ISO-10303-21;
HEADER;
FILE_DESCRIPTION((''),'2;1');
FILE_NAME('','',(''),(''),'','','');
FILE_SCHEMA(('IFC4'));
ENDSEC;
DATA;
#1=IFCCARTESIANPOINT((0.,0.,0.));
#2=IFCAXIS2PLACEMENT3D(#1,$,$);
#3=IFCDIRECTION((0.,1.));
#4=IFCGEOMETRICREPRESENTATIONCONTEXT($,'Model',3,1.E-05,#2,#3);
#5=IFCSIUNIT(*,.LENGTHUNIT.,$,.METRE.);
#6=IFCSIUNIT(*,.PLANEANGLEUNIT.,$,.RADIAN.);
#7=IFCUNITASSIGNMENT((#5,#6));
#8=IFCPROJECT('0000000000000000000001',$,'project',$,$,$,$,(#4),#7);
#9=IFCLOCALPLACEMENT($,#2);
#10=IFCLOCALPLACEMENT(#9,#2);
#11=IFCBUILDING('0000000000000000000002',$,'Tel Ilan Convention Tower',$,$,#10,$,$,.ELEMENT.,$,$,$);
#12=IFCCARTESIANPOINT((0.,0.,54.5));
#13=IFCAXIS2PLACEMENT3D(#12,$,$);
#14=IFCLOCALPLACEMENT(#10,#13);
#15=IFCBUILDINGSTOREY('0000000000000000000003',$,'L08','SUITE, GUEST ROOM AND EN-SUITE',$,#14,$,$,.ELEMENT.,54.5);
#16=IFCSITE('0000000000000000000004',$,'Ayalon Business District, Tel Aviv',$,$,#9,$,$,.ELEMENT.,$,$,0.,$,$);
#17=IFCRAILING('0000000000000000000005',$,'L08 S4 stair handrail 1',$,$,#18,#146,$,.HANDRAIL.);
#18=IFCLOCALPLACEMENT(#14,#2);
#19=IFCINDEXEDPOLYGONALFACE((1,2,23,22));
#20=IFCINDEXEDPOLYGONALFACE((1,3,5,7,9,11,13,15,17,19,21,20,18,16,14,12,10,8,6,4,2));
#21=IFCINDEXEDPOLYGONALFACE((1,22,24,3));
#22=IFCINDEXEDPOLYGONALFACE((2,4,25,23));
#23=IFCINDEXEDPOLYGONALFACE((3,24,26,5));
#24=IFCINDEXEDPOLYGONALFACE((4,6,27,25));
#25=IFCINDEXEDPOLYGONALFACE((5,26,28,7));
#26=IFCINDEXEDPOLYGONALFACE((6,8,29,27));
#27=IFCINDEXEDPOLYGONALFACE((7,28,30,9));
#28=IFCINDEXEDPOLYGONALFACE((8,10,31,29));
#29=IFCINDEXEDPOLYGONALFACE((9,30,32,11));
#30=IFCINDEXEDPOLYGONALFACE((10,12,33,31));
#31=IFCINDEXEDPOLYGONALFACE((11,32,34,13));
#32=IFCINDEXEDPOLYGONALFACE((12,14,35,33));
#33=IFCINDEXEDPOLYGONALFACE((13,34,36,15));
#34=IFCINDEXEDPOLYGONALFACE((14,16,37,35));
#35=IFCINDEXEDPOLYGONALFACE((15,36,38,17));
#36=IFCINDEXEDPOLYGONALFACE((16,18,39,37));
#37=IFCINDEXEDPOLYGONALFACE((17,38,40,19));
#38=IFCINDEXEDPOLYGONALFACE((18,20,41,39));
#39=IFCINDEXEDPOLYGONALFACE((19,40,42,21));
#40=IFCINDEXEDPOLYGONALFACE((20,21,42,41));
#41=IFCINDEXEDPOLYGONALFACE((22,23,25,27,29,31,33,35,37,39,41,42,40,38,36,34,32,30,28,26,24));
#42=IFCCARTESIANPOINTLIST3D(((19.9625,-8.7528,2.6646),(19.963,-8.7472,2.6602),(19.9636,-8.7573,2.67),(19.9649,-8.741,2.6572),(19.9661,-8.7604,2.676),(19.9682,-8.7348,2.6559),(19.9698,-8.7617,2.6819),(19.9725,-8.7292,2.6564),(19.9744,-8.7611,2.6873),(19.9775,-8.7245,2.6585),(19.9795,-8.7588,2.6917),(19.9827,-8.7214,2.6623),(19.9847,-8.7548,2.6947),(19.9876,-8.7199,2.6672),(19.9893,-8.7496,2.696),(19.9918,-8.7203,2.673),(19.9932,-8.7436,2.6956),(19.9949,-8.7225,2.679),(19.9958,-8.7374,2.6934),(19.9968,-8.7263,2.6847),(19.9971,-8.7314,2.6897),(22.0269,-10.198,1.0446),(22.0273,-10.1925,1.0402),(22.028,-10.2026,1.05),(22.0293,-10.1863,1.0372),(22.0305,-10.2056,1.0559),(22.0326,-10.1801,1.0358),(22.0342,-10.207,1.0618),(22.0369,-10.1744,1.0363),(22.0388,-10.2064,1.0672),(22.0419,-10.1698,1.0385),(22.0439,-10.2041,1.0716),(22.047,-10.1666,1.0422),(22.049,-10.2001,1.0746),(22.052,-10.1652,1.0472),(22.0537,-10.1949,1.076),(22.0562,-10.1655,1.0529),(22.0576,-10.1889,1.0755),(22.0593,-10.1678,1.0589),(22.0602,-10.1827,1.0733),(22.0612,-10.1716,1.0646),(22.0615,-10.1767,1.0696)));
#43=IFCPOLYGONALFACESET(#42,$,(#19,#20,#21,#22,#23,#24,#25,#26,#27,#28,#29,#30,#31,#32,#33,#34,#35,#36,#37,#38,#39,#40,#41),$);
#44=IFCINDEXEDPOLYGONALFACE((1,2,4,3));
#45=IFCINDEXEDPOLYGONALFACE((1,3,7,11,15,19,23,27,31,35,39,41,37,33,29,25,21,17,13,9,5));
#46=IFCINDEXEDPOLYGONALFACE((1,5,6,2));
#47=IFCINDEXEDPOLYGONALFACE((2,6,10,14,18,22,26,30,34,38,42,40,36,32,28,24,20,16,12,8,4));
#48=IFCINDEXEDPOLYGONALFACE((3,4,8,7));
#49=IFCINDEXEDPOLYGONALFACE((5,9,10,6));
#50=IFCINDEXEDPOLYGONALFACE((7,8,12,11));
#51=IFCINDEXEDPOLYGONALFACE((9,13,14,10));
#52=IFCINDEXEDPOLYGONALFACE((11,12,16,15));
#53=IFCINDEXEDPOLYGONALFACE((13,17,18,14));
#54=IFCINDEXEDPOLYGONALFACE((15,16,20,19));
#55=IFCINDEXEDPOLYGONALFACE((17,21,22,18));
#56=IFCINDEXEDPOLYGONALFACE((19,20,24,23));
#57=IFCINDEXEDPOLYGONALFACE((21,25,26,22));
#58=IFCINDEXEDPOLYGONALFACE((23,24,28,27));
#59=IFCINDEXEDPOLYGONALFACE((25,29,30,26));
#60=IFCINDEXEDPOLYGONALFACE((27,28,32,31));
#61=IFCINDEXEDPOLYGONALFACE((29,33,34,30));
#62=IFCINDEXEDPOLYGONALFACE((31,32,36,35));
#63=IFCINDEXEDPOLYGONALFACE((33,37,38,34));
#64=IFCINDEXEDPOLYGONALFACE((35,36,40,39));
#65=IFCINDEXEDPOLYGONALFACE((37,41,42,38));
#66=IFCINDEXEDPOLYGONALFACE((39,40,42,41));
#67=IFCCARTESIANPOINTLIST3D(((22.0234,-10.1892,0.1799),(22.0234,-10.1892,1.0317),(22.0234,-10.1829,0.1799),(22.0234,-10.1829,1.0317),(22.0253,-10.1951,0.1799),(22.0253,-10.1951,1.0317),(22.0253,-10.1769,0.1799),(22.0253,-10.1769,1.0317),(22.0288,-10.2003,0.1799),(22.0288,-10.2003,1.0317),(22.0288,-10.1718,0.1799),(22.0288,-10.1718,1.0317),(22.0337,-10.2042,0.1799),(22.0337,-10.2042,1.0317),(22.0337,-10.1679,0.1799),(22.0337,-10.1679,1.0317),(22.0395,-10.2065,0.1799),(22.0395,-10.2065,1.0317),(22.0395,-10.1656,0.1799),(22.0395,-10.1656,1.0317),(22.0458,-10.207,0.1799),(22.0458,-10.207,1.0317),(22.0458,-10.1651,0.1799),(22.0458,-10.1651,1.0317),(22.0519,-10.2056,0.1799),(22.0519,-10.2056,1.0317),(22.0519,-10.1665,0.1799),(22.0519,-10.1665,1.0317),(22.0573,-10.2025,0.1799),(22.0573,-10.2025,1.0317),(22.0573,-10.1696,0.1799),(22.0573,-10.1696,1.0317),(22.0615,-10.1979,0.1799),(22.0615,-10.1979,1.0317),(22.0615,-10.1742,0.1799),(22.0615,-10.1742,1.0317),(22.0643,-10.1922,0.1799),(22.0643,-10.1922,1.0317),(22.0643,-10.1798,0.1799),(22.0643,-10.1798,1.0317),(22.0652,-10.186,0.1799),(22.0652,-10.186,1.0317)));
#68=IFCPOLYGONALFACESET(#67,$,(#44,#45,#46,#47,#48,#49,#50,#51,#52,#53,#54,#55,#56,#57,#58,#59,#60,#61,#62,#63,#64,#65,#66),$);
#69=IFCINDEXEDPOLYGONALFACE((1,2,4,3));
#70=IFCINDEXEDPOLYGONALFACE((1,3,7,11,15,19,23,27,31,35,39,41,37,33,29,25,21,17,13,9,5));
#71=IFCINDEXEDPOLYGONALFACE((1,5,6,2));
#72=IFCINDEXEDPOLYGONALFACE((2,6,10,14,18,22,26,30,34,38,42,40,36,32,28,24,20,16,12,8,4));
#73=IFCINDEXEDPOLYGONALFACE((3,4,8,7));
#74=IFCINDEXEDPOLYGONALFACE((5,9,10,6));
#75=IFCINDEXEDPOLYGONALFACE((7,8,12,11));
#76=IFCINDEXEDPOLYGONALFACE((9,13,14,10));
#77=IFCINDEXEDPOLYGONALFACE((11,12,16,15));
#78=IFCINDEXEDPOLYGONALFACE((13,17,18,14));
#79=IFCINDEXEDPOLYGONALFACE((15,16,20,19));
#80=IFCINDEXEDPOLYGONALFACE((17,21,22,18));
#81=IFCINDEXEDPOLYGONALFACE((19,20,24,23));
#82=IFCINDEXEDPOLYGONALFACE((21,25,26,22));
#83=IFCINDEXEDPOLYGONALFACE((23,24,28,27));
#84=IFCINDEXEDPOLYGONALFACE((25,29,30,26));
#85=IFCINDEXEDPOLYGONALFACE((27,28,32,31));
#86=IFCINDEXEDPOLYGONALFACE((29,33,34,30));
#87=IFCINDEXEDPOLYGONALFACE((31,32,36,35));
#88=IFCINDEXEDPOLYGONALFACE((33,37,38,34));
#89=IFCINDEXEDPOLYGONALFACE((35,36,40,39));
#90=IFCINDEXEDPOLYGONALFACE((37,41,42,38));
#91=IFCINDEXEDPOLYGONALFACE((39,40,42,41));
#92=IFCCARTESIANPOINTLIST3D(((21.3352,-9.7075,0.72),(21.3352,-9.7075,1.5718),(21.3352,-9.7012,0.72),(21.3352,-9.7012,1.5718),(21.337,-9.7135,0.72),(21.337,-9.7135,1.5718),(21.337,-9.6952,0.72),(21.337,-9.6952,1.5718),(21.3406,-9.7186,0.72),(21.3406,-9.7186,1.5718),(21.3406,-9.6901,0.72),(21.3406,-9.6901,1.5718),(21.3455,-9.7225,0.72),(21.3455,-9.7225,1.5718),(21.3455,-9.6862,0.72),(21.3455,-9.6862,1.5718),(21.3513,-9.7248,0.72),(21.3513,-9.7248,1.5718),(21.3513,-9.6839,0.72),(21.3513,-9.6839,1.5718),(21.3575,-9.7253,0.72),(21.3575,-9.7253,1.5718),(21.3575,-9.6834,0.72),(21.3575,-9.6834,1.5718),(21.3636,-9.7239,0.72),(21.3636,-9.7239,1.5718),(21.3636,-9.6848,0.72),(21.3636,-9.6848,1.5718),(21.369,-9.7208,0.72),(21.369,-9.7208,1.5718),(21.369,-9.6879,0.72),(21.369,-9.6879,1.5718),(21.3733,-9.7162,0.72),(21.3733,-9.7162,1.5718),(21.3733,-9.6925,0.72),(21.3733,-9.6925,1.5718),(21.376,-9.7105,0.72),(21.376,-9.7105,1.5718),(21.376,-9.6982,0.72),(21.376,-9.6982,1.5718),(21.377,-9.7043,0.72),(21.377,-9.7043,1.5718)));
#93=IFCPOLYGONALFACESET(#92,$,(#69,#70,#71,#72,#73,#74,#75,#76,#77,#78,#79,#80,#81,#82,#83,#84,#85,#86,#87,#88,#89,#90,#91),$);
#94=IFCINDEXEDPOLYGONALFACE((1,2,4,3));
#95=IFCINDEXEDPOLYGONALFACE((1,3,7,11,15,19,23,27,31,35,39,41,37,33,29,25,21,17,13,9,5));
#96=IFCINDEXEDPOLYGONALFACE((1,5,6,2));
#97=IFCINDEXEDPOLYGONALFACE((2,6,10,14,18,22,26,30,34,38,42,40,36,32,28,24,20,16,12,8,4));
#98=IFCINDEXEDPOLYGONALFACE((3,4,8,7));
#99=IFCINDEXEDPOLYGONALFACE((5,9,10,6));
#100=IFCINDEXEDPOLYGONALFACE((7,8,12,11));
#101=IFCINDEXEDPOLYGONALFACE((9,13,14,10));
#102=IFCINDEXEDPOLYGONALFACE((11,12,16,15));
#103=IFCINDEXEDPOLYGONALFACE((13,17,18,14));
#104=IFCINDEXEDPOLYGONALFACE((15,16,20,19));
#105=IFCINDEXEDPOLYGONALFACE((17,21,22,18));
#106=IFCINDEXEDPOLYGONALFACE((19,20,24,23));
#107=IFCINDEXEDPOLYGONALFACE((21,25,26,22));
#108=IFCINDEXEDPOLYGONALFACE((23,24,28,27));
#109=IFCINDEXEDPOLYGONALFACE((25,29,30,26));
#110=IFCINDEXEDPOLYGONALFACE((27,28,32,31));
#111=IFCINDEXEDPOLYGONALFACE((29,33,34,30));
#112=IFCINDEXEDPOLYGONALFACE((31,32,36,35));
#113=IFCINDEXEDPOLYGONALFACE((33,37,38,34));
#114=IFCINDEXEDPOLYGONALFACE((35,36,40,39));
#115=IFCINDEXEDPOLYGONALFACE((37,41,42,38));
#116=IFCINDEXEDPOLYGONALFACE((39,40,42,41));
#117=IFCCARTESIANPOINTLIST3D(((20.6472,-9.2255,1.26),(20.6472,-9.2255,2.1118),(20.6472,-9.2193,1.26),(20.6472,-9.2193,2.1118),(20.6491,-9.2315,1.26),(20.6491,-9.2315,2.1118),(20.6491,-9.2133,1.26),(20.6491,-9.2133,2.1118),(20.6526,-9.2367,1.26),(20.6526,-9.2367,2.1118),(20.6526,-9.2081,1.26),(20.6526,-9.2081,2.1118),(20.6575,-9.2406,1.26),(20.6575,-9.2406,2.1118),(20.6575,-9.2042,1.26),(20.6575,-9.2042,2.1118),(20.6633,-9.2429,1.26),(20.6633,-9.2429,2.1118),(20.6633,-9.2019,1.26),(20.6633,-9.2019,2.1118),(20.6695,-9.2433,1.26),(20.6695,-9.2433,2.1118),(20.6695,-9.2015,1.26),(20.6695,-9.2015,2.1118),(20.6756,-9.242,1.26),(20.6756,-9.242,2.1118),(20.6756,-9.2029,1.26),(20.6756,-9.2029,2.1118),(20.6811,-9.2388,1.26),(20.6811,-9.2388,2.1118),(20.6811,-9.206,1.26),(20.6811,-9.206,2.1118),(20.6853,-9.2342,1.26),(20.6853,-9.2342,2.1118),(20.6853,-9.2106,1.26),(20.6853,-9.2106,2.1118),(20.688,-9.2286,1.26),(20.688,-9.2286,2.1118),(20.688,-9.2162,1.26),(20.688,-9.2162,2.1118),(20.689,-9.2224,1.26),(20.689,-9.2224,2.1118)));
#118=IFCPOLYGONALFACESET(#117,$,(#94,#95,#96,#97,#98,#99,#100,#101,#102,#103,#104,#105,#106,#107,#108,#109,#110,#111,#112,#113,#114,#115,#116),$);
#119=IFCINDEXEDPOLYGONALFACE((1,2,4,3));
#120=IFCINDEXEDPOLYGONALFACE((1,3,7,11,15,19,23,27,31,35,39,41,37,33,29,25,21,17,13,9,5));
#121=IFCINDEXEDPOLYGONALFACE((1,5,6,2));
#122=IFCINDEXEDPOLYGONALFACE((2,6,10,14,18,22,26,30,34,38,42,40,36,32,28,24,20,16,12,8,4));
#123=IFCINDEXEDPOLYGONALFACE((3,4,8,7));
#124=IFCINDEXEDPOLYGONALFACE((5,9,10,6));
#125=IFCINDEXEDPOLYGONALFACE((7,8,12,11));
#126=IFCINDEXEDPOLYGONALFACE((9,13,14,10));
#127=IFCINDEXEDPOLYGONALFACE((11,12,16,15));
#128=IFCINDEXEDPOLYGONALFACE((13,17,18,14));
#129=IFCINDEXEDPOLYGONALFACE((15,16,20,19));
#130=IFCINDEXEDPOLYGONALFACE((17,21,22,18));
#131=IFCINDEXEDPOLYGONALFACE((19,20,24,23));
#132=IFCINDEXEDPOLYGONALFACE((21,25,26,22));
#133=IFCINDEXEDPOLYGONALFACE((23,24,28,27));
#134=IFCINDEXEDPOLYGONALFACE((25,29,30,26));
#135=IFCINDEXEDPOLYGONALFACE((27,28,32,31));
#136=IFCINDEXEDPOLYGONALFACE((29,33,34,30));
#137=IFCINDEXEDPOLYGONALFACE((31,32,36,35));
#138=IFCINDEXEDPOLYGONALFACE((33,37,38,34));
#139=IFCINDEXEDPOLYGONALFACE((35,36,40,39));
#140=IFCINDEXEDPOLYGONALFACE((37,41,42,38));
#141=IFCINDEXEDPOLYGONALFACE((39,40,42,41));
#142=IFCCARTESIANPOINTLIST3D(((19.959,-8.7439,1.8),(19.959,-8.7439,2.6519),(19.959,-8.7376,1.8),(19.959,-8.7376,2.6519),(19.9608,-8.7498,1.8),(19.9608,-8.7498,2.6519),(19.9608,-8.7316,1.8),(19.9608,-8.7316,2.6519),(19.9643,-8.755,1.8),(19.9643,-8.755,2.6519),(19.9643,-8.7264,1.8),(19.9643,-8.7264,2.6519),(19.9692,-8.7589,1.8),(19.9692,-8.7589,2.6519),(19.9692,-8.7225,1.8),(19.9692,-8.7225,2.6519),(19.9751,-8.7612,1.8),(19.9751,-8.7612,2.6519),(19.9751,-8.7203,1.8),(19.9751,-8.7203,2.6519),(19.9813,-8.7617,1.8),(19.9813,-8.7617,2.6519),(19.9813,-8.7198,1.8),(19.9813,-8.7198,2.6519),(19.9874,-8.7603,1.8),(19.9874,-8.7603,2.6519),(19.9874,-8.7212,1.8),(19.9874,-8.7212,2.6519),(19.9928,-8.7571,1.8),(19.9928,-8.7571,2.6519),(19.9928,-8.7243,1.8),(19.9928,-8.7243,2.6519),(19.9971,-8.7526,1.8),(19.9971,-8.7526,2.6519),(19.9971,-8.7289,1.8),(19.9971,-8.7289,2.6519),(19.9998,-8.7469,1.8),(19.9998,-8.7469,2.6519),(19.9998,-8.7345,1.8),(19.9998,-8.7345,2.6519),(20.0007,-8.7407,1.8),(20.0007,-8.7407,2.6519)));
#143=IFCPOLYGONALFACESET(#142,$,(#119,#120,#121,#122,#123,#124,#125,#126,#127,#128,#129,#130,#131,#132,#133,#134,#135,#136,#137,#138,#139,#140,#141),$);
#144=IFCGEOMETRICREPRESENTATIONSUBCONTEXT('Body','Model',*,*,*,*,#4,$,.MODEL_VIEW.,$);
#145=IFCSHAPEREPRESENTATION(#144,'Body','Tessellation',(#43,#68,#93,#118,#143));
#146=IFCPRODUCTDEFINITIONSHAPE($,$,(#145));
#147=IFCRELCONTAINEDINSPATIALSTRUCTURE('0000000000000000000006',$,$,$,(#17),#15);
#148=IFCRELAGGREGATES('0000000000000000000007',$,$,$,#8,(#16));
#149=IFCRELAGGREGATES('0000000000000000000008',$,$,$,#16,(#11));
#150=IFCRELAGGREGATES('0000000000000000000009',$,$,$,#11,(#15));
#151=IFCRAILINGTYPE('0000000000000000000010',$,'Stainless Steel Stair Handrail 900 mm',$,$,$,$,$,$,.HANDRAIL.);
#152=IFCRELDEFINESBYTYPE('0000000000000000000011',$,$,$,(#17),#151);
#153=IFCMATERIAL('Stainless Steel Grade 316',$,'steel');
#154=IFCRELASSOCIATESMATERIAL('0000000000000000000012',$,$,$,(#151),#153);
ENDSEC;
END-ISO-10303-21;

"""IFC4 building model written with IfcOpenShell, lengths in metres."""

from ifc_helpers import new_model, si_unit, direction, frame, origin, origin_2d, place, context, subcontext, project, spatial, circle, extrude, material, type_object, element, save


model = new_model("IFC4")

# Units and contexts
model_context = context("Model", 3, precision=1e-05, world=origin(), true_north=direction((0.0, 1.0)))
body_context = subcontext(model_context, "Body", "Model", "MODEL_VIEW")
ifc_project = project(units=[si_unit("LENGTHUNIT", "METRE"), si_unit("PLANEANGLEUNIT", "RADIAN")], contexts=[model_context])

# Site, building, storey
site_placement = place(None, origin())
site = spatial("IfcSite", under=ifc_project, at=site_placement, Name="Ayalon Business District, Tel Aviv", CompositionType="ELEMENT", RefElevation=0.0)
building_placement = place(site_placement, origin())
building = spatial("IfcBuilding", under=site, at=building_placement, Name="Tel Ilan Convention Tower", CompositionType="ELEMENT")
storey_placement = place(building_placement, frame((0.0, 0.0, 54.5)))
storey = spatial("IfcBuildingStorey", under=building, at=storey_placement, Name="L08", Description="SUITE, GUEST ROOM AND EN-SUITE", CompositionType="ELEMENT", Elevation=54.5)

# Railing
ifc_material_1 = material(Name="Stainless Steel Grade 316", Category="steel")
railing_type_1 = type_object("IfcRailingType", Name="Stainless Steel Stair Handrail 900 mm", PredefinedType="HANDRAIL", material=ifc_material_1)
railing_1_placement = place(storey_placement, frame((22.0442, -10.186, 0.1799)))
element("IfcRailing", 1, at=railing_1_placement, inside=storey, type_object=railing_type_1, Name="L08 S4 stair handrail 1", PredefinedType="HANDRAIL", context=body_context, shape_type="SweptSolid", body=[
    extrude(circle(Radius=0.0239, at=origin_2d()), frame((0.0, 0.0, 0.876), z_axis=(-0.689083, 0.482423, 0.54077), x_axis=(-0.573514, -0.819196, 0.0)), (0.0, 0.0, 1.0), 2.9958),
    extrude(circle(Radius=0.021, at=origin_2d()), origin(), (0.0, 0.0, 1.0), 0.8518),
    extrude(circle(Radius=0.021, at=origin_2d()), frame((-0.6882, 0.4817, 0.54)), (0.0, 0.0, 1.0), 0.8518),
    extrude(circle(Radius=0.021, at=origin_2d()), frame((-1.3762, 0.9636, 1.0801)), (0.0, 0.0, 1.0), 0.8518),
    extrude(circle(Radius=0.021, at=origin_2d()), frame((-2.0645, 1.4453, 1.6201)), (0.0, 0.0, 1.0), 0.8518),
])

save(model, "model.ifc")
